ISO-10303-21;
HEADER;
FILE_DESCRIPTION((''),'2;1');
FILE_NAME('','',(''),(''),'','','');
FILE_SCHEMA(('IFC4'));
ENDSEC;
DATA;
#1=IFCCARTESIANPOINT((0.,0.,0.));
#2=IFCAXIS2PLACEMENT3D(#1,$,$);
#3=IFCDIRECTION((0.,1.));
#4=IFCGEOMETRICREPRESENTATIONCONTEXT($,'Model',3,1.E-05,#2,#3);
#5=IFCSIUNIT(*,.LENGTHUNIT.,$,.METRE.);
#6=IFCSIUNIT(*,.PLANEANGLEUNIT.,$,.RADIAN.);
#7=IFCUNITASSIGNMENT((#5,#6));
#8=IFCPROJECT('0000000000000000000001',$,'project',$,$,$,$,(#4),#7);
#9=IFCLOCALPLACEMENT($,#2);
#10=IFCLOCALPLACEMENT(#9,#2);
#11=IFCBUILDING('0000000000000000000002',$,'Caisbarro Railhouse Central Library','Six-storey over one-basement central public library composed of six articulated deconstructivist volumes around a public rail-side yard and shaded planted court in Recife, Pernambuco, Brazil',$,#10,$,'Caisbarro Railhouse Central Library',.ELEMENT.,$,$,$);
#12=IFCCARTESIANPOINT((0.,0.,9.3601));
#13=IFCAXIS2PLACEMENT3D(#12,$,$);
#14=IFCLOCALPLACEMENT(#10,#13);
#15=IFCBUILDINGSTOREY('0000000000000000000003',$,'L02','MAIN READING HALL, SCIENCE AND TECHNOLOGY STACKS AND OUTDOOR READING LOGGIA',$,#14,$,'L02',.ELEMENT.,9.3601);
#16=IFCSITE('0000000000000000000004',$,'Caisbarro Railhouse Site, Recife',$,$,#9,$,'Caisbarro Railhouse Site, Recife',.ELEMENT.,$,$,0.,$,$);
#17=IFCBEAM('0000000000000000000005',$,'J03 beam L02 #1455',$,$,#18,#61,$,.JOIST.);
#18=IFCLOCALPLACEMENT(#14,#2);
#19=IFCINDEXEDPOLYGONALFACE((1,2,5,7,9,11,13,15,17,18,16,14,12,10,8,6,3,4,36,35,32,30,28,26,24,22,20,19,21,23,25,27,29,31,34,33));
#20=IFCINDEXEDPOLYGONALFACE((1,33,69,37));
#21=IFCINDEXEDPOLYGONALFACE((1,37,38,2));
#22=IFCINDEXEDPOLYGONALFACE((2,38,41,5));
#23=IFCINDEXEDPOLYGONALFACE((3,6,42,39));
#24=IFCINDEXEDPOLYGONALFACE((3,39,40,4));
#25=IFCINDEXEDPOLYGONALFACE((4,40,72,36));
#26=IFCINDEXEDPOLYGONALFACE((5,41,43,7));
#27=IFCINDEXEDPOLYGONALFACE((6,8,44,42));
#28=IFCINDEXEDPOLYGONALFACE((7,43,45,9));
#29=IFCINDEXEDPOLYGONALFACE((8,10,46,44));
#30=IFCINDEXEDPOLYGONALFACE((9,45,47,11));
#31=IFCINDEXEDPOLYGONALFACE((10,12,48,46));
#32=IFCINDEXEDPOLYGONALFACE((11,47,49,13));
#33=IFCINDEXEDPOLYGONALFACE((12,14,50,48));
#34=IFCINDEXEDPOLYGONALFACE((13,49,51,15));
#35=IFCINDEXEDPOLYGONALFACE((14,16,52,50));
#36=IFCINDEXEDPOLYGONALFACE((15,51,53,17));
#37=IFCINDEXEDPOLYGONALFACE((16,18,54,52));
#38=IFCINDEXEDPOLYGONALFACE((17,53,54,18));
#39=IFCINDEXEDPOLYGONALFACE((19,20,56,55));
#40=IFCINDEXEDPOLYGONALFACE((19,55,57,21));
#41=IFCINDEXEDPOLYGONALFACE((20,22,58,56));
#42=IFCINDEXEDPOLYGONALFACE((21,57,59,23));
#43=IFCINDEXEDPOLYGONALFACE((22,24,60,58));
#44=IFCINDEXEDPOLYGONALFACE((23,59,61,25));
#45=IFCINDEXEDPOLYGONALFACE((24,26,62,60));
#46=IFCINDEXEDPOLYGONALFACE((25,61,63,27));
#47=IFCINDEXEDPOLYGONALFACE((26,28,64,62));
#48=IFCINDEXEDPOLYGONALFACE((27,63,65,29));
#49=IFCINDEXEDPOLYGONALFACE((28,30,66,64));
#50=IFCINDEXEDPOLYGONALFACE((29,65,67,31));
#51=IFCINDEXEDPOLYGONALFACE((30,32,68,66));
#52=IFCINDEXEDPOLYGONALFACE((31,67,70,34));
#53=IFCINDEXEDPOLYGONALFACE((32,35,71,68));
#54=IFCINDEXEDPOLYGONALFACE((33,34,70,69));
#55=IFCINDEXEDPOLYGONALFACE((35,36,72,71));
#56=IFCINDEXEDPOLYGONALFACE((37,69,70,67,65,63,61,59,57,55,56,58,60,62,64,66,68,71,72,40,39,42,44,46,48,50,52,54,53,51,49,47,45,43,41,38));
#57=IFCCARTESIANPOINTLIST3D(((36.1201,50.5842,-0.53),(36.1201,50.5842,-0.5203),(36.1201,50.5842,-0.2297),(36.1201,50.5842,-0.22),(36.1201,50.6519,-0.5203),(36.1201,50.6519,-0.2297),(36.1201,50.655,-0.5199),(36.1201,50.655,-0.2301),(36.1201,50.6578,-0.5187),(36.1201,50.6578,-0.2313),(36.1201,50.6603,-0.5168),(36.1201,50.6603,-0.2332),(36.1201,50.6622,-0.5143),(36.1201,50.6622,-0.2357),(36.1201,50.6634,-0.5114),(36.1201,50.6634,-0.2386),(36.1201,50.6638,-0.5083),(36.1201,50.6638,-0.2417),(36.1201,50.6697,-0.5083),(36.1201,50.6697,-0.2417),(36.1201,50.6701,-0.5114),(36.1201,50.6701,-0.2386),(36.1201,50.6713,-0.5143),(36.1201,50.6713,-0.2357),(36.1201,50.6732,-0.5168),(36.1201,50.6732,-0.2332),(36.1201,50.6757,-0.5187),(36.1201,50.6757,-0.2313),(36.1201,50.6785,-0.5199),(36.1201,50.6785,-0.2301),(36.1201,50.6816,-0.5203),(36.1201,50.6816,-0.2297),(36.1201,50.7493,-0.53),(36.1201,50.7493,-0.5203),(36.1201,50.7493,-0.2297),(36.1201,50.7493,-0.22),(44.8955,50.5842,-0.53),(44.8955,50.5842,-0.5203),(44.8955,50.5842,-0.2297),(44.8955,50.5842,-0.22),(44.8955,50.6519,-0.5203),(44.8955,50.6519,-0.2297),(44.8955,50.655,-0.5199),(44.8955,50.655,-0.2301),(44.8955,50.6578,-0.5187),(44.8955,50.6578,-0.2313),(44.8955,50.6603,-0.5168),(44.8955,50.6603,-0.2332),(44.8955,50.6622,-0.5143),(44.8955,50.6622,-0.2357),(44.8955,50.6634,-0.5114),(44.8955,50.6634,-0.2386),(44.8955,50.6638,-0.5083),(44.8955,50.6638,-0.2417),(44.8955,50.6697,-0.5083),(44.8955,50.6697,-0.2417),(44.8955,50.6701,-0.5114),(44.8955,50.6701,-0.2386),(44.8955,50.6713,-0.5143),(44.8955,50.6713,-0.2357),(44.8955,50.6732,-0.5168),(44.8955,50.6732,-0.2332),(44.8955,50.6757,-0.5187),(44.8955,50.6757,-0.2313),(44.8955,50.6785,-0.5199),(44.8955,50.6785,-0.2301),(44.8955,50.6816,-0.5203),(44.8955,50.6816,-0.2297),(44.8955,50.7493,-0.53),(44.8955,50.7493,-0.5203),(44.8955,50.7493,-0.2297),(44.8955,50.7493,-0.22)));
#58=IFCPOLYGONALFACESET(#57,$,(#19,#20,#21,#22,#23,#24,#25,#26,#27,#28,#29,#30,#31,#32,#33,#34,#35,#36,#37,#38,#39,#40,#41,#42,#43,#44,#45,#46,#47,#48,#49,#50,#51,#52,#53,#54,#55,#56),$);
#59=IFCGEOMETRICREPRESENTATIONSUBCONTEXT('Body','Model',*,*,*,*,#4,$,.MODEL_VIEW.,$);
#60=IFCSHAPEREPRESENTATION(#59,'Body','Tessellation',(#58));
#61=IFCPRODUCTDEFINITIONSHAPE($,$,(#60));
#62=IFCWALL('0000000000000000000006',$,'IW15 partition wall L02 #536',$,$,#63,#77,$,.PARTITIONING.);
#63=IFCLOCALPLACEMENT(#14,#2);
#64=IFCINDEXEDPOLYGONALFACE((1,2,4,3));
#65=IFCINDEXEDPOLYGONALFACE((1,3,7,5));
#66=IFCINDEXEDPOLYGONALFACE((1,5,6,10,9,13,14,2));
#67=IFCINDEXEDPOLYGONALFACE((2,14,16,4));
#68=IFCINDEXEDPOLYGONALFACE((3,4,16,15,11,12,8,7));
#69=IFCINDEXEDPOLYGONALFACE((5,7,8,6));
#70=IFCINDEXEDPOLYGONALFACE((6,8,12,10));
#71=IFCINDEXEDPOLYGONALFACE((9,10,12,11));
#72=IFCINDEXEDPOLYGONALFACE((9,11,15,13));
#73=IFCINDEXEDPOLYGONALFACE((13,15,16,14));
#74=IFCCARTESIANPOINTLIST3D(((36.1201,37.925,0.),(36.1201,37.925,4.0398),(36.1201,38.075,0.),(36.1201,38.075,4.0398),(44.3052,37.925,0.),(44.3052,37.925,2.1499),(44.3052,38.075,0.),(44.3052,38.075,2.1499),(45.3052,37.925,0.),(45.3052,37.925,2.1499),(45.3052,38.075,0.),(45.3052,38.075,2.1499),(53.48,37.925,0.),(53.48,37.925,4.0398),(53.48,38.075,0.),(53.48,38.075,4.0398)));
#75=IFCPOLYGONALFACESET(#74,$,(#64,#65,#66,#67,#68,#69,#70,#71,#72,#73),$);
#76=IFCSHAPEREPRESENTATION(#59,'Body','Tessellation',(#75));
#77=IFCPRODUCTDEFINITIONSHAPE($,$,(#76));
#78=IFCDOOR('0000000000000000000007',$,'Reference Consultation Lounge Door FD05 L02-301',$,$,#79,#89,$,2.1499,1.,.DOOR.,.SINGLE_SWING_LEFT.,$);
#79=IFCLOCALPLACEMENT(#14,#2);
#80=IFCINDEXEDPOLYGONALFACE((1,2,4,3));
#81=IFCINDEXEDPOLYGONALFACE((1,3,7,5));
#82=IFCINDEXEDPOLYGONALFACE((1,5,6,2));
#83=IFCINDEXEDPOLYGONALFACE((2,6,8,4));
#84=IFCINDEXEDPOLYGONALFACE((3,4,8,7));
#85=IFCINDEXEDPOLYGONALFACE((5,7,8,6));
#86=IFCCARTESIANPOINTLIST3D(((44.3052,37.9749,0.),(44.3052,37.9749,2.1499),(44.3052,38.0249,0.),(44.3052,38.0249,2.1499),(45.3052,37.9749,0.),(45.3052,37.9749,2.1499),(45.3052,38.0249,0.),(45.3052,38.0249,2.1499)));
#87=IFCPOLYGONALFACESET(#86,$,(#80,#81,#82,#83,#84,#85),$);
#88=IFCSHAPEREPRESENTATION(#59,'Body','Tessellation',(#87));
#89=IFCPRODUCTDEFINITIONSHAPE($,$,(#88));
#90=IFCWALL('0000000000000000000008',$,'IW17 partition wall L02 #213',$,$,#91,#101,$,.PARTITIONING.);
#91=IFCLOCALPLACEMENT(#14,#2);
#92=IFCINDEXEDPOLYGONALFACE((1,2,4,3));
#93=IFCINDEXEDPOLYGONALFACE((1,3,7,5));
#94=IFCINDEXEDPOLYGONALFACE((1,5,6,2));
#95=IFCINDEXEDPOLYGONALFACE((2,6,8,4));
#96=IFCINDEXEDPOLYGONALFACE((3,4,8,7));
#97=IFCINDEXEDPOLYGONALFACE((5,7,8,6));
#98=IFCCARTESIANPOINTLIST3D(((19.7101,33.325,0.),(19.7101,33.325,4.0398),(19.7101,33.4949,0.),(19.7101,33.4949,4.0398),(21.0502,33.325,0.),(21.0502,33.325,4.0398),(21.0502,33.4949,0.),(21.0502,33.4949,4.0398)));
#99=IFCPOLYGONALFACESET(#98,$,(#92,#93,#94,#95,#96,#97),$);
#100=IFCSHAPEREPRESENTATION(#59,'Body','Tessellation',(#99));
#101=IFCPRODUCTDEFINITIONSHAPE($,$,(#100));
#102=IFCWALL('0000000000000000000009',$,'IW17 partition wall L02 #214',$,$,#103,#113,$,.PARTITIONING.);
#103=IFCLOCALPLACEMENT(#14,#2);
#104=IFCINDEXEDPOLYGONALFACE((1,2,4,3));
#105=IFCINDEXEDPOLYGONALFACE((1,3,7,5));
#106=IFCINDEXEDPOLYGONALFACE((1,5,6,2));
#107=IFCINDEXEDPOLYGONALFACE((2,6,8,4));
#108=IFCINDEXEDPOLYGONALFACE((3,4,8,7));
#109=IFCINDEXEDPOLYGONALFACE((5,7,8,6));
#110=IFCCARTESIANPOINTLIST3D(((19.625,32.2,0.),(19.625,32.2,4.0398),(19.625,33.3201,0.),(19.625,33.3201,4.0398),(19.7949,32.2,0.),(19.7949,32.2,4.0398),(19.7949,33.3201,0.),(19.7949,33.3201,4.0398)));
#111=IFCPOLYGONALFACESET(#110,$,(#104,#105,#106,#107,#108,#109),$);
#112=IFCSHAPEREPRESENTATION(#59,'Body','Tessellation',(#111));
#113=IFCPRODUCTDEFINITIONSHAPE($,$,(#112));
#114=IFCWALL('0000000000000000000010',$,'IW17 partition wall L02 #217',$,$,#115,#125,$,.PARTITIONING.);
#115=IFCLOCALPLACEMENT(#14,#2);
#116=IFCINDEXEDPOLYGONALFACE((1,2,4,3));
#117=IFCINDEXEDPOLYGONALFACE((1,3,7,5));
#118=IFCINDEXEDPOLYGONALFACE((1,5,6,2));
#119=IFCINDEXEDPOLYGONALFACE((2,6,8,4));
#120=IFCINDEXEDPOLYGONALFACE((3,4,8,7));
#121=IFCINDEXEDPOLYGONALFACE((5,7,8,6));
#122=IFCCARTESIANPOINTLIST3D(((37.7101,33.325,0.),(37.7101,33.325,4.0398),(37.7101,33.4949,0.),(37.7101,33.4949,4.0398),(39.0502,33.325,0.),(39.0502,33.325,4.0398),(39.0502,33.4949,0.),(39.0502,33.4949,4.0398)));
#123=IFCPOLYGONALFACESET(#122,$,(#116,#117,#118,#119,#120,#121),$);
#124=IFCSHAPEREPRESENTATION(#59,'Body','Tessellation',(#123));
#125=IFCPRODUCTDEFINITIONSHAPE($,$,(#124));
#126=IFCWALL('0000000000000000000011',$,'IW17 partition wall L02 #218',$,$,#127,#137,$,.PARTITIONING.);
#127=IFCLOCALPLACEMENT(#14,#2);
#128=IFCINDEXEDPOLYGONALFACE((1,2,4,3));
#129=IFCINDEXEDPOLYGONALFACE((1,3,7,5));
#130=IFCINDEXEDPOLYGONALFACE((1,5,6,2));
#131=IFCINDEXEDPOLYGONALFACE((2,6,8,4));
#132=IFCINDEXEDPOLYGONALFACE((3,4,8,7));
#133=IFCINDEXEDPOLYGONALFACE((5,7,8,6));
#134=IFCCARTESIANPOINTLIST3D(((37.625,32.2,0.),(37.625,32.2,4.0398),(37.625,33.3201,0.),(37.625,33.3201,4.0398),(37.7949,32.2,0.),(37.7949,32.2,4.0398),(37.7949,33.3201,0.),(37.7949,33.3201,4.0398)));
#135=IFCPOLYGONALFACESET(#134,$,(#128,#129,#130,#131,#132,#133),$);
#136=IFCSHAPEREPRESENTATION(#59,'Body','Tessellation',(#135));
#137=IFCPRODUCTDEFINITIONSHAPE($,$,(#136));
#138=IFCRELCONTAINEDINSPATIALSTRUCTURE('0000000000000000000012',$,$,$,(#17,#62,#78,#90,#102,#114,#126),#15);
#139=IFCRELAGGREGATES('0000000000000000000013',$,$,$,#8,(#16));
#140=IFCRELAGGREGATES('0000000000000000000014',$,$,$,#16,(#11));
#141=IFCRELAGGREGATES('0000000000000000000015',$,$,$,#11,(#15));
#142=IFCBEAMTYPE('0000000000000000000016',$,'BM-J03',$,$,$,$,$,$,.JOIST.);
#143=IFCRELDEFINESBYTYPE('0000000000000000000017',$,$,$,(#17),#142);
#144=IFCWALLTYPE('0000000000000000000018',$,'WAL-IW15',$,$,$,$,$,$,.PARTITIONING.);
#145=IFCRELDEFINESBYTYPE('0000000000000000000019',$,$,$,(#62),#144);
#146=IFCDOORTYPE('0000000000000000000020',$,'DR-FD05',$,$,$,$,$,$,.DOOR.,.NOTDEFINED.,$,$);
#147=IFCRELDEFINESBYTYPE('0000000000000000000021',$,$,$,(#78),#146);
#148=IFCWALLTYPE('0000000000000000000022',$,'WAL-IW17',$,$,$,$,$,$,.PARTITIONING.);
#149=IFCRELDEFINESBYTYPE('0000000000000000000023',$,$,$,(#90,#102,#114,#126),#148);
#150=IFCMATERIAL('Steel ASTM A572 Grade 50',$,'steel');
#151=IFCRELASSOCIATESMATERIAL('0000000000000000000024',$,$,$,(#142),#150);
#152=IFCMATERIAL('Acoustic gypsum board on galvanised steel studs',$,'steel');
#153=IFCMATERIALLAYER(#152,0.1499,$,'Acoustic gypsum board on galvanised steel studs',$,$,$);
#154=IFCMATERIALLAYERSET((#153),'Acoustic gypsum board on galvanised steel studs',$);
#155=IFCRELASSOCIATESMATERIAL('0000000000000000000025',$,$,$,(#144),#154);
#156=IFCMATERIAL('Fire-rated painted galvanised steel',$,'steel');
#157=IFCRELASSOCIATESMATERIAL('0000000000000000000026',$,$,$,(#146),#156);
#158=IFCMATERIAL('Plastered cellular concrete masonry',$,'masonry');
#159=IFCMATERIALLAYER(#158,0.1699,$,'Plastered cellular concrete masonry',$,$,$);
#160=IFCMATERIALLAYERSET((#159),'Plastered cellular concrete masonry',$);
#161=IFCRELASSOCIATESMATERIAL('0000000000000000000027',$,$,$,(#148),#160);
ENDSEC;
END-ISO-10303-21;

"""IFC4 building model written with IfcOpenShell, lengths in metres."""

from ifc_helpers import new_model, si_unit, direction, frame, frame_2d, origin, origin_2d, place, context, subcontext, project, spatial, rectangle, i_section, extrude, material, layer, layer_set, material_profile, profile_set, type_object, element, fill, save


model = new_model("IFC4")

# Units and contexts
model_context = context("Model", 3, precision=1e-05, world=origin(), true_north=direction((0.0, 1.0)))
body_context = subcontext(model_context, "Body", "Model", "MODEL_VIEW")
ifc_project = project(units=[si_unit("LENGTHUNIT", "METRE"), si_unit("PLANEANGLEUNIT", "RADIAN")], contexts=[model_context])

# Site, building, storey
site_placement = place(None, origin())
site = spatial("IfcSite", under=ifc_project, at=site_placement, Name="Caisbarro Railhouse Site, Recife", LongName="Caisbarro Railhouse Site, Recife", CompositionType="ELEMENT", RefElevation=0.0)
building_placement = place(site_placement, origin())
building = spatial("IfcBuilding", under=site, at=building_placement, Name="Caisbarro Railhouse Central Library", Description="Six-storey over one-basement central public library composed of six articulated deconstructivist volumes around a public rail-side yard and shaded planted court in Recife, Pernambuco, Brazil", LongName="Caisbarro Railhouse Central Library", CompositionType="ELEMENT")
storey_placement = place(building_placement, frame((0.0, 0.0, 9.3601)))
storey = spatial("IfcBuildingStorey", under=building, at=storey_placement, Name="L02", Description="MAIN READING HALL, SCIENCE AND TECHNOLOGY STACKS AND OUTDOOR READING LOGGIA", LongName="L02", CompositionType="ELEMENT", Elevation=9.3601)

# Beam
ifc_material_1 = material(Name="Steel ASTM A572 Grade 50", Category="steel")
ifc_material_profile_1 = material_profile(ifc_material_1, i_section(OverallWidth=0.165, OverallDepth=0.3101, WebThickness=0.0059, FlangeThickness=0.0098, FilletRadius=0.012, at=origin_2d()), Name="W310X38.7")
ifc_profile_set_1 = profile_set([ifc_material_profile_1], Name="Steel ASTM A572 Grade 50")
beam_type_1 = type_object("IfcBeamType", Name="BM-J03", PredefinedType="JOIST", material=ifc_profile_set_1)
for number, where, z_axis, x_axis, name in (
    (1, (36.1201, 50.6667, -0.375), (1.0, 0.0, 0.0), (0.0, 1.0, 0.0), "J03 beam L02 #1455"),
):
    element("IfcBeam", number, at=place(storey_placement, frame(where, z_axis=z_axis, x_axis=x_axis)), inside=storey, type_object=beam_type_1, Name=name, PredefinedType="JOIST", context=body_context, shape_type="SweptSolid", body=[
        extrude(i_section(OverallWidth=0.165, OverallDepth=0.3101, WebThickness=0.0059, FlangeThickness=0.0098, FilletRadius=0.012, at=origin_2d()), origin(), (0.0, 0.0, 1.0), 8.7754),
    ])

# Wall, opening, door
ifc_material_2 = material(Name="Acoustic gypsum board on galvanised steel studs", Category="steel")
ifc_layer_1 = layer(ifc_material_2, 0.1499, Name="Acoustic gypsum board on galvanised steel studs")
ifc_layer_set_1 = layer_set([ifc_layer_1], Name="Acoustic gypsum board on galvanised steel studs")
wall_type_1 = type_object("IfcWallType", Name="WAL-IW15", PredefinedType="PARTITIONING", material=ifc_layer_set_1)
wall_1_placement = place(storey_placement, frame((36.1201, 38.0, 0.0), z_axis=(0.0, 0.0, 1.0), x_axis=(1.0, 0.0, 0.0)))
wall_1 = element("IfcWall", 2, at=wall_1_placement, inside=storey, type_object=wall_type_1, Name="IW15 partition wall L02 #536", PredefinedType="PARTITIONING", context=body_context, shape_type="SweptSolid", body=[
    extrude(rectangle(XDim=17.3599, YDim=0.1499, at=frame_2d((8.6799, 0.0))), origin(), (0.0, 0.0, 1.0), 4.0398),
])
opening_placement = place(wall_1_placement, frame((8.1851, 0.0, 0.0)))
opening = element("IfcOpeningElement", 3, at=opening_placement, cuts=wall_1, PredefinedType="OPENING", context=body_context, shape_type="SweptSolid", body=[
    extrude(rectangle(XDim=1.0, YDim=2.1499, at=frame_2d((0.5, 1.075))), frame((0.0, 0.085, 0.0), z_axis=(0.0, -1.0, 0.0), x_axis=(1.0, 0.0, 0.0)), (0.0, 0.0, 1.0), 0.1699),
])
ifc_material_3 = material(Name="Fire-rated painted galvanised steel", Category="steel")
door_type = type_object("IfcDoorType", Name="DR-FD05", OperationType="NOTDEFINED", PredefinedType="DOOR", material=ifc_material_3)
door_placement = place(opening_placement, origin())
door = element("IfcDoor", 4, at=door_placement, inside=storey, type_object=door_type, Name="Reference Consultation Lounge Door FD05 L02-301", OperationType="SINGLE_SWING_LEFT", OverallHeight=2.1499, OverallWidth=1.0, PredefinedType="DOOR", context=body_context, shape_type="SweptSolid", body=[
    extrude(rectangle(XDim=1.0, YDim=2.1499, at=frame_2d((0.5, 1.075))), frame((0.0, 0.0249, 0.0), z_axis=(0.0, -1.0, 0.0), x_axis=(1.0, 0.0, 0.0)), (0.0, 0.0, 1.0), 0.05),
])
fill(opening, door)

# Walls
ifc_material_4 = material(Name="Plastered cellular concrete masonry", Category="masonry")
ifc_layer_2 = layer(ifc_material_4, 0.1699, Name="Plastered cellular concrete masonry")
ifc_layer_set_2 = layer_set([ifc_layer_2], Name="Plastered cellular concrete masonry")
wall_type_2 = type_object("IfcWallType", Name="WAL-IW17", PredefinedType="PARTITIONING", material=ifc_layer_set_2)
wall_2_placement = place(storey_placement, frame((21.05, 33.4099, 0.0), z_axis=(0.0, 0.0, 1.0), x_axis=(-1.0, 0.0, 0.0)))
element("IfcWall", 5, at=wall_2_placement, inside=storey, type_object=wall_type_2, Name="IW17 partition wall L02 #213", PredefinedType="PARTITIONING", context=body_context, shape_type="SweptSolid", body=[
    extrude(rectangle(XDim=1.3401, YDim=0.1699, at=frame_2d((0.6699, 0.0))), origin(), (0.0, 0.0, 1.0), 4.0398),
])
wall_3_placement = place(storey_placement, frame((19.71, 33.3201, 0.0), z_axis=(0.0, 0.0, 1.0), x_axis=(0.0, -1.0, 0.0)))
element("IfcWall", 6, at=wall_3_placement, inside=storey, type_object=wall_type_2, Name="IW17 partition wall L02 #214", PredefinedType="PARTITIONING", context=body_context, shape_type="SweptSolid", body=[
    extrude(rectangle(XDim=1.1201, YDim=0.1699, at=frame_2d((0.5601, 0.0))), origin(), (0.0, 0.0, 1.0), 4.0398),
])
wall_4_placement = place(storey_placement, frame((39.05, 33.4099, 0.0), z_axis=(0.0, 0.0, 1.0), x_axis=(-1.0, 0.0, 0.0)))
element("IfcWall", 7, at=wall_4_placement, inside=storey, type_object=wall_type_2, Name="IW17 partition wall L02 #217", PredefinedType="PARTITIONING", context=body_context, shape_type="SweptSolid", body=[
    extrude(rectangle(XDim=1.3401, YDim=0.1699, at=frame_2d((0.6699, 0.0))), origin(), (0.0, 0.0, 1.0), 4.0398),
])
wall_5_placement = place(storey_placement, frame((37.71, 33.3201, 0.0), z_axis=(0.0, 0.0, 1.0), x_axis=(0.0, -1.0, 0.0)))
element("IfcWall", 8, at=wall_5_placement, inside=storey, type_object=wall_type_2, Name="IW17 partition wall L02 #218", PredefinedType="PARTITIONING", context=body_context, shape_type="SweptSolid", body=[
    extrude(rectangle(XDim=1.1201, YDim=0.1699, at=frame_2d((0.5601, 0.0))), origin(), (0.0, 0.0, 1.0), 4.0398),
])

save(model, "model.ifc")
